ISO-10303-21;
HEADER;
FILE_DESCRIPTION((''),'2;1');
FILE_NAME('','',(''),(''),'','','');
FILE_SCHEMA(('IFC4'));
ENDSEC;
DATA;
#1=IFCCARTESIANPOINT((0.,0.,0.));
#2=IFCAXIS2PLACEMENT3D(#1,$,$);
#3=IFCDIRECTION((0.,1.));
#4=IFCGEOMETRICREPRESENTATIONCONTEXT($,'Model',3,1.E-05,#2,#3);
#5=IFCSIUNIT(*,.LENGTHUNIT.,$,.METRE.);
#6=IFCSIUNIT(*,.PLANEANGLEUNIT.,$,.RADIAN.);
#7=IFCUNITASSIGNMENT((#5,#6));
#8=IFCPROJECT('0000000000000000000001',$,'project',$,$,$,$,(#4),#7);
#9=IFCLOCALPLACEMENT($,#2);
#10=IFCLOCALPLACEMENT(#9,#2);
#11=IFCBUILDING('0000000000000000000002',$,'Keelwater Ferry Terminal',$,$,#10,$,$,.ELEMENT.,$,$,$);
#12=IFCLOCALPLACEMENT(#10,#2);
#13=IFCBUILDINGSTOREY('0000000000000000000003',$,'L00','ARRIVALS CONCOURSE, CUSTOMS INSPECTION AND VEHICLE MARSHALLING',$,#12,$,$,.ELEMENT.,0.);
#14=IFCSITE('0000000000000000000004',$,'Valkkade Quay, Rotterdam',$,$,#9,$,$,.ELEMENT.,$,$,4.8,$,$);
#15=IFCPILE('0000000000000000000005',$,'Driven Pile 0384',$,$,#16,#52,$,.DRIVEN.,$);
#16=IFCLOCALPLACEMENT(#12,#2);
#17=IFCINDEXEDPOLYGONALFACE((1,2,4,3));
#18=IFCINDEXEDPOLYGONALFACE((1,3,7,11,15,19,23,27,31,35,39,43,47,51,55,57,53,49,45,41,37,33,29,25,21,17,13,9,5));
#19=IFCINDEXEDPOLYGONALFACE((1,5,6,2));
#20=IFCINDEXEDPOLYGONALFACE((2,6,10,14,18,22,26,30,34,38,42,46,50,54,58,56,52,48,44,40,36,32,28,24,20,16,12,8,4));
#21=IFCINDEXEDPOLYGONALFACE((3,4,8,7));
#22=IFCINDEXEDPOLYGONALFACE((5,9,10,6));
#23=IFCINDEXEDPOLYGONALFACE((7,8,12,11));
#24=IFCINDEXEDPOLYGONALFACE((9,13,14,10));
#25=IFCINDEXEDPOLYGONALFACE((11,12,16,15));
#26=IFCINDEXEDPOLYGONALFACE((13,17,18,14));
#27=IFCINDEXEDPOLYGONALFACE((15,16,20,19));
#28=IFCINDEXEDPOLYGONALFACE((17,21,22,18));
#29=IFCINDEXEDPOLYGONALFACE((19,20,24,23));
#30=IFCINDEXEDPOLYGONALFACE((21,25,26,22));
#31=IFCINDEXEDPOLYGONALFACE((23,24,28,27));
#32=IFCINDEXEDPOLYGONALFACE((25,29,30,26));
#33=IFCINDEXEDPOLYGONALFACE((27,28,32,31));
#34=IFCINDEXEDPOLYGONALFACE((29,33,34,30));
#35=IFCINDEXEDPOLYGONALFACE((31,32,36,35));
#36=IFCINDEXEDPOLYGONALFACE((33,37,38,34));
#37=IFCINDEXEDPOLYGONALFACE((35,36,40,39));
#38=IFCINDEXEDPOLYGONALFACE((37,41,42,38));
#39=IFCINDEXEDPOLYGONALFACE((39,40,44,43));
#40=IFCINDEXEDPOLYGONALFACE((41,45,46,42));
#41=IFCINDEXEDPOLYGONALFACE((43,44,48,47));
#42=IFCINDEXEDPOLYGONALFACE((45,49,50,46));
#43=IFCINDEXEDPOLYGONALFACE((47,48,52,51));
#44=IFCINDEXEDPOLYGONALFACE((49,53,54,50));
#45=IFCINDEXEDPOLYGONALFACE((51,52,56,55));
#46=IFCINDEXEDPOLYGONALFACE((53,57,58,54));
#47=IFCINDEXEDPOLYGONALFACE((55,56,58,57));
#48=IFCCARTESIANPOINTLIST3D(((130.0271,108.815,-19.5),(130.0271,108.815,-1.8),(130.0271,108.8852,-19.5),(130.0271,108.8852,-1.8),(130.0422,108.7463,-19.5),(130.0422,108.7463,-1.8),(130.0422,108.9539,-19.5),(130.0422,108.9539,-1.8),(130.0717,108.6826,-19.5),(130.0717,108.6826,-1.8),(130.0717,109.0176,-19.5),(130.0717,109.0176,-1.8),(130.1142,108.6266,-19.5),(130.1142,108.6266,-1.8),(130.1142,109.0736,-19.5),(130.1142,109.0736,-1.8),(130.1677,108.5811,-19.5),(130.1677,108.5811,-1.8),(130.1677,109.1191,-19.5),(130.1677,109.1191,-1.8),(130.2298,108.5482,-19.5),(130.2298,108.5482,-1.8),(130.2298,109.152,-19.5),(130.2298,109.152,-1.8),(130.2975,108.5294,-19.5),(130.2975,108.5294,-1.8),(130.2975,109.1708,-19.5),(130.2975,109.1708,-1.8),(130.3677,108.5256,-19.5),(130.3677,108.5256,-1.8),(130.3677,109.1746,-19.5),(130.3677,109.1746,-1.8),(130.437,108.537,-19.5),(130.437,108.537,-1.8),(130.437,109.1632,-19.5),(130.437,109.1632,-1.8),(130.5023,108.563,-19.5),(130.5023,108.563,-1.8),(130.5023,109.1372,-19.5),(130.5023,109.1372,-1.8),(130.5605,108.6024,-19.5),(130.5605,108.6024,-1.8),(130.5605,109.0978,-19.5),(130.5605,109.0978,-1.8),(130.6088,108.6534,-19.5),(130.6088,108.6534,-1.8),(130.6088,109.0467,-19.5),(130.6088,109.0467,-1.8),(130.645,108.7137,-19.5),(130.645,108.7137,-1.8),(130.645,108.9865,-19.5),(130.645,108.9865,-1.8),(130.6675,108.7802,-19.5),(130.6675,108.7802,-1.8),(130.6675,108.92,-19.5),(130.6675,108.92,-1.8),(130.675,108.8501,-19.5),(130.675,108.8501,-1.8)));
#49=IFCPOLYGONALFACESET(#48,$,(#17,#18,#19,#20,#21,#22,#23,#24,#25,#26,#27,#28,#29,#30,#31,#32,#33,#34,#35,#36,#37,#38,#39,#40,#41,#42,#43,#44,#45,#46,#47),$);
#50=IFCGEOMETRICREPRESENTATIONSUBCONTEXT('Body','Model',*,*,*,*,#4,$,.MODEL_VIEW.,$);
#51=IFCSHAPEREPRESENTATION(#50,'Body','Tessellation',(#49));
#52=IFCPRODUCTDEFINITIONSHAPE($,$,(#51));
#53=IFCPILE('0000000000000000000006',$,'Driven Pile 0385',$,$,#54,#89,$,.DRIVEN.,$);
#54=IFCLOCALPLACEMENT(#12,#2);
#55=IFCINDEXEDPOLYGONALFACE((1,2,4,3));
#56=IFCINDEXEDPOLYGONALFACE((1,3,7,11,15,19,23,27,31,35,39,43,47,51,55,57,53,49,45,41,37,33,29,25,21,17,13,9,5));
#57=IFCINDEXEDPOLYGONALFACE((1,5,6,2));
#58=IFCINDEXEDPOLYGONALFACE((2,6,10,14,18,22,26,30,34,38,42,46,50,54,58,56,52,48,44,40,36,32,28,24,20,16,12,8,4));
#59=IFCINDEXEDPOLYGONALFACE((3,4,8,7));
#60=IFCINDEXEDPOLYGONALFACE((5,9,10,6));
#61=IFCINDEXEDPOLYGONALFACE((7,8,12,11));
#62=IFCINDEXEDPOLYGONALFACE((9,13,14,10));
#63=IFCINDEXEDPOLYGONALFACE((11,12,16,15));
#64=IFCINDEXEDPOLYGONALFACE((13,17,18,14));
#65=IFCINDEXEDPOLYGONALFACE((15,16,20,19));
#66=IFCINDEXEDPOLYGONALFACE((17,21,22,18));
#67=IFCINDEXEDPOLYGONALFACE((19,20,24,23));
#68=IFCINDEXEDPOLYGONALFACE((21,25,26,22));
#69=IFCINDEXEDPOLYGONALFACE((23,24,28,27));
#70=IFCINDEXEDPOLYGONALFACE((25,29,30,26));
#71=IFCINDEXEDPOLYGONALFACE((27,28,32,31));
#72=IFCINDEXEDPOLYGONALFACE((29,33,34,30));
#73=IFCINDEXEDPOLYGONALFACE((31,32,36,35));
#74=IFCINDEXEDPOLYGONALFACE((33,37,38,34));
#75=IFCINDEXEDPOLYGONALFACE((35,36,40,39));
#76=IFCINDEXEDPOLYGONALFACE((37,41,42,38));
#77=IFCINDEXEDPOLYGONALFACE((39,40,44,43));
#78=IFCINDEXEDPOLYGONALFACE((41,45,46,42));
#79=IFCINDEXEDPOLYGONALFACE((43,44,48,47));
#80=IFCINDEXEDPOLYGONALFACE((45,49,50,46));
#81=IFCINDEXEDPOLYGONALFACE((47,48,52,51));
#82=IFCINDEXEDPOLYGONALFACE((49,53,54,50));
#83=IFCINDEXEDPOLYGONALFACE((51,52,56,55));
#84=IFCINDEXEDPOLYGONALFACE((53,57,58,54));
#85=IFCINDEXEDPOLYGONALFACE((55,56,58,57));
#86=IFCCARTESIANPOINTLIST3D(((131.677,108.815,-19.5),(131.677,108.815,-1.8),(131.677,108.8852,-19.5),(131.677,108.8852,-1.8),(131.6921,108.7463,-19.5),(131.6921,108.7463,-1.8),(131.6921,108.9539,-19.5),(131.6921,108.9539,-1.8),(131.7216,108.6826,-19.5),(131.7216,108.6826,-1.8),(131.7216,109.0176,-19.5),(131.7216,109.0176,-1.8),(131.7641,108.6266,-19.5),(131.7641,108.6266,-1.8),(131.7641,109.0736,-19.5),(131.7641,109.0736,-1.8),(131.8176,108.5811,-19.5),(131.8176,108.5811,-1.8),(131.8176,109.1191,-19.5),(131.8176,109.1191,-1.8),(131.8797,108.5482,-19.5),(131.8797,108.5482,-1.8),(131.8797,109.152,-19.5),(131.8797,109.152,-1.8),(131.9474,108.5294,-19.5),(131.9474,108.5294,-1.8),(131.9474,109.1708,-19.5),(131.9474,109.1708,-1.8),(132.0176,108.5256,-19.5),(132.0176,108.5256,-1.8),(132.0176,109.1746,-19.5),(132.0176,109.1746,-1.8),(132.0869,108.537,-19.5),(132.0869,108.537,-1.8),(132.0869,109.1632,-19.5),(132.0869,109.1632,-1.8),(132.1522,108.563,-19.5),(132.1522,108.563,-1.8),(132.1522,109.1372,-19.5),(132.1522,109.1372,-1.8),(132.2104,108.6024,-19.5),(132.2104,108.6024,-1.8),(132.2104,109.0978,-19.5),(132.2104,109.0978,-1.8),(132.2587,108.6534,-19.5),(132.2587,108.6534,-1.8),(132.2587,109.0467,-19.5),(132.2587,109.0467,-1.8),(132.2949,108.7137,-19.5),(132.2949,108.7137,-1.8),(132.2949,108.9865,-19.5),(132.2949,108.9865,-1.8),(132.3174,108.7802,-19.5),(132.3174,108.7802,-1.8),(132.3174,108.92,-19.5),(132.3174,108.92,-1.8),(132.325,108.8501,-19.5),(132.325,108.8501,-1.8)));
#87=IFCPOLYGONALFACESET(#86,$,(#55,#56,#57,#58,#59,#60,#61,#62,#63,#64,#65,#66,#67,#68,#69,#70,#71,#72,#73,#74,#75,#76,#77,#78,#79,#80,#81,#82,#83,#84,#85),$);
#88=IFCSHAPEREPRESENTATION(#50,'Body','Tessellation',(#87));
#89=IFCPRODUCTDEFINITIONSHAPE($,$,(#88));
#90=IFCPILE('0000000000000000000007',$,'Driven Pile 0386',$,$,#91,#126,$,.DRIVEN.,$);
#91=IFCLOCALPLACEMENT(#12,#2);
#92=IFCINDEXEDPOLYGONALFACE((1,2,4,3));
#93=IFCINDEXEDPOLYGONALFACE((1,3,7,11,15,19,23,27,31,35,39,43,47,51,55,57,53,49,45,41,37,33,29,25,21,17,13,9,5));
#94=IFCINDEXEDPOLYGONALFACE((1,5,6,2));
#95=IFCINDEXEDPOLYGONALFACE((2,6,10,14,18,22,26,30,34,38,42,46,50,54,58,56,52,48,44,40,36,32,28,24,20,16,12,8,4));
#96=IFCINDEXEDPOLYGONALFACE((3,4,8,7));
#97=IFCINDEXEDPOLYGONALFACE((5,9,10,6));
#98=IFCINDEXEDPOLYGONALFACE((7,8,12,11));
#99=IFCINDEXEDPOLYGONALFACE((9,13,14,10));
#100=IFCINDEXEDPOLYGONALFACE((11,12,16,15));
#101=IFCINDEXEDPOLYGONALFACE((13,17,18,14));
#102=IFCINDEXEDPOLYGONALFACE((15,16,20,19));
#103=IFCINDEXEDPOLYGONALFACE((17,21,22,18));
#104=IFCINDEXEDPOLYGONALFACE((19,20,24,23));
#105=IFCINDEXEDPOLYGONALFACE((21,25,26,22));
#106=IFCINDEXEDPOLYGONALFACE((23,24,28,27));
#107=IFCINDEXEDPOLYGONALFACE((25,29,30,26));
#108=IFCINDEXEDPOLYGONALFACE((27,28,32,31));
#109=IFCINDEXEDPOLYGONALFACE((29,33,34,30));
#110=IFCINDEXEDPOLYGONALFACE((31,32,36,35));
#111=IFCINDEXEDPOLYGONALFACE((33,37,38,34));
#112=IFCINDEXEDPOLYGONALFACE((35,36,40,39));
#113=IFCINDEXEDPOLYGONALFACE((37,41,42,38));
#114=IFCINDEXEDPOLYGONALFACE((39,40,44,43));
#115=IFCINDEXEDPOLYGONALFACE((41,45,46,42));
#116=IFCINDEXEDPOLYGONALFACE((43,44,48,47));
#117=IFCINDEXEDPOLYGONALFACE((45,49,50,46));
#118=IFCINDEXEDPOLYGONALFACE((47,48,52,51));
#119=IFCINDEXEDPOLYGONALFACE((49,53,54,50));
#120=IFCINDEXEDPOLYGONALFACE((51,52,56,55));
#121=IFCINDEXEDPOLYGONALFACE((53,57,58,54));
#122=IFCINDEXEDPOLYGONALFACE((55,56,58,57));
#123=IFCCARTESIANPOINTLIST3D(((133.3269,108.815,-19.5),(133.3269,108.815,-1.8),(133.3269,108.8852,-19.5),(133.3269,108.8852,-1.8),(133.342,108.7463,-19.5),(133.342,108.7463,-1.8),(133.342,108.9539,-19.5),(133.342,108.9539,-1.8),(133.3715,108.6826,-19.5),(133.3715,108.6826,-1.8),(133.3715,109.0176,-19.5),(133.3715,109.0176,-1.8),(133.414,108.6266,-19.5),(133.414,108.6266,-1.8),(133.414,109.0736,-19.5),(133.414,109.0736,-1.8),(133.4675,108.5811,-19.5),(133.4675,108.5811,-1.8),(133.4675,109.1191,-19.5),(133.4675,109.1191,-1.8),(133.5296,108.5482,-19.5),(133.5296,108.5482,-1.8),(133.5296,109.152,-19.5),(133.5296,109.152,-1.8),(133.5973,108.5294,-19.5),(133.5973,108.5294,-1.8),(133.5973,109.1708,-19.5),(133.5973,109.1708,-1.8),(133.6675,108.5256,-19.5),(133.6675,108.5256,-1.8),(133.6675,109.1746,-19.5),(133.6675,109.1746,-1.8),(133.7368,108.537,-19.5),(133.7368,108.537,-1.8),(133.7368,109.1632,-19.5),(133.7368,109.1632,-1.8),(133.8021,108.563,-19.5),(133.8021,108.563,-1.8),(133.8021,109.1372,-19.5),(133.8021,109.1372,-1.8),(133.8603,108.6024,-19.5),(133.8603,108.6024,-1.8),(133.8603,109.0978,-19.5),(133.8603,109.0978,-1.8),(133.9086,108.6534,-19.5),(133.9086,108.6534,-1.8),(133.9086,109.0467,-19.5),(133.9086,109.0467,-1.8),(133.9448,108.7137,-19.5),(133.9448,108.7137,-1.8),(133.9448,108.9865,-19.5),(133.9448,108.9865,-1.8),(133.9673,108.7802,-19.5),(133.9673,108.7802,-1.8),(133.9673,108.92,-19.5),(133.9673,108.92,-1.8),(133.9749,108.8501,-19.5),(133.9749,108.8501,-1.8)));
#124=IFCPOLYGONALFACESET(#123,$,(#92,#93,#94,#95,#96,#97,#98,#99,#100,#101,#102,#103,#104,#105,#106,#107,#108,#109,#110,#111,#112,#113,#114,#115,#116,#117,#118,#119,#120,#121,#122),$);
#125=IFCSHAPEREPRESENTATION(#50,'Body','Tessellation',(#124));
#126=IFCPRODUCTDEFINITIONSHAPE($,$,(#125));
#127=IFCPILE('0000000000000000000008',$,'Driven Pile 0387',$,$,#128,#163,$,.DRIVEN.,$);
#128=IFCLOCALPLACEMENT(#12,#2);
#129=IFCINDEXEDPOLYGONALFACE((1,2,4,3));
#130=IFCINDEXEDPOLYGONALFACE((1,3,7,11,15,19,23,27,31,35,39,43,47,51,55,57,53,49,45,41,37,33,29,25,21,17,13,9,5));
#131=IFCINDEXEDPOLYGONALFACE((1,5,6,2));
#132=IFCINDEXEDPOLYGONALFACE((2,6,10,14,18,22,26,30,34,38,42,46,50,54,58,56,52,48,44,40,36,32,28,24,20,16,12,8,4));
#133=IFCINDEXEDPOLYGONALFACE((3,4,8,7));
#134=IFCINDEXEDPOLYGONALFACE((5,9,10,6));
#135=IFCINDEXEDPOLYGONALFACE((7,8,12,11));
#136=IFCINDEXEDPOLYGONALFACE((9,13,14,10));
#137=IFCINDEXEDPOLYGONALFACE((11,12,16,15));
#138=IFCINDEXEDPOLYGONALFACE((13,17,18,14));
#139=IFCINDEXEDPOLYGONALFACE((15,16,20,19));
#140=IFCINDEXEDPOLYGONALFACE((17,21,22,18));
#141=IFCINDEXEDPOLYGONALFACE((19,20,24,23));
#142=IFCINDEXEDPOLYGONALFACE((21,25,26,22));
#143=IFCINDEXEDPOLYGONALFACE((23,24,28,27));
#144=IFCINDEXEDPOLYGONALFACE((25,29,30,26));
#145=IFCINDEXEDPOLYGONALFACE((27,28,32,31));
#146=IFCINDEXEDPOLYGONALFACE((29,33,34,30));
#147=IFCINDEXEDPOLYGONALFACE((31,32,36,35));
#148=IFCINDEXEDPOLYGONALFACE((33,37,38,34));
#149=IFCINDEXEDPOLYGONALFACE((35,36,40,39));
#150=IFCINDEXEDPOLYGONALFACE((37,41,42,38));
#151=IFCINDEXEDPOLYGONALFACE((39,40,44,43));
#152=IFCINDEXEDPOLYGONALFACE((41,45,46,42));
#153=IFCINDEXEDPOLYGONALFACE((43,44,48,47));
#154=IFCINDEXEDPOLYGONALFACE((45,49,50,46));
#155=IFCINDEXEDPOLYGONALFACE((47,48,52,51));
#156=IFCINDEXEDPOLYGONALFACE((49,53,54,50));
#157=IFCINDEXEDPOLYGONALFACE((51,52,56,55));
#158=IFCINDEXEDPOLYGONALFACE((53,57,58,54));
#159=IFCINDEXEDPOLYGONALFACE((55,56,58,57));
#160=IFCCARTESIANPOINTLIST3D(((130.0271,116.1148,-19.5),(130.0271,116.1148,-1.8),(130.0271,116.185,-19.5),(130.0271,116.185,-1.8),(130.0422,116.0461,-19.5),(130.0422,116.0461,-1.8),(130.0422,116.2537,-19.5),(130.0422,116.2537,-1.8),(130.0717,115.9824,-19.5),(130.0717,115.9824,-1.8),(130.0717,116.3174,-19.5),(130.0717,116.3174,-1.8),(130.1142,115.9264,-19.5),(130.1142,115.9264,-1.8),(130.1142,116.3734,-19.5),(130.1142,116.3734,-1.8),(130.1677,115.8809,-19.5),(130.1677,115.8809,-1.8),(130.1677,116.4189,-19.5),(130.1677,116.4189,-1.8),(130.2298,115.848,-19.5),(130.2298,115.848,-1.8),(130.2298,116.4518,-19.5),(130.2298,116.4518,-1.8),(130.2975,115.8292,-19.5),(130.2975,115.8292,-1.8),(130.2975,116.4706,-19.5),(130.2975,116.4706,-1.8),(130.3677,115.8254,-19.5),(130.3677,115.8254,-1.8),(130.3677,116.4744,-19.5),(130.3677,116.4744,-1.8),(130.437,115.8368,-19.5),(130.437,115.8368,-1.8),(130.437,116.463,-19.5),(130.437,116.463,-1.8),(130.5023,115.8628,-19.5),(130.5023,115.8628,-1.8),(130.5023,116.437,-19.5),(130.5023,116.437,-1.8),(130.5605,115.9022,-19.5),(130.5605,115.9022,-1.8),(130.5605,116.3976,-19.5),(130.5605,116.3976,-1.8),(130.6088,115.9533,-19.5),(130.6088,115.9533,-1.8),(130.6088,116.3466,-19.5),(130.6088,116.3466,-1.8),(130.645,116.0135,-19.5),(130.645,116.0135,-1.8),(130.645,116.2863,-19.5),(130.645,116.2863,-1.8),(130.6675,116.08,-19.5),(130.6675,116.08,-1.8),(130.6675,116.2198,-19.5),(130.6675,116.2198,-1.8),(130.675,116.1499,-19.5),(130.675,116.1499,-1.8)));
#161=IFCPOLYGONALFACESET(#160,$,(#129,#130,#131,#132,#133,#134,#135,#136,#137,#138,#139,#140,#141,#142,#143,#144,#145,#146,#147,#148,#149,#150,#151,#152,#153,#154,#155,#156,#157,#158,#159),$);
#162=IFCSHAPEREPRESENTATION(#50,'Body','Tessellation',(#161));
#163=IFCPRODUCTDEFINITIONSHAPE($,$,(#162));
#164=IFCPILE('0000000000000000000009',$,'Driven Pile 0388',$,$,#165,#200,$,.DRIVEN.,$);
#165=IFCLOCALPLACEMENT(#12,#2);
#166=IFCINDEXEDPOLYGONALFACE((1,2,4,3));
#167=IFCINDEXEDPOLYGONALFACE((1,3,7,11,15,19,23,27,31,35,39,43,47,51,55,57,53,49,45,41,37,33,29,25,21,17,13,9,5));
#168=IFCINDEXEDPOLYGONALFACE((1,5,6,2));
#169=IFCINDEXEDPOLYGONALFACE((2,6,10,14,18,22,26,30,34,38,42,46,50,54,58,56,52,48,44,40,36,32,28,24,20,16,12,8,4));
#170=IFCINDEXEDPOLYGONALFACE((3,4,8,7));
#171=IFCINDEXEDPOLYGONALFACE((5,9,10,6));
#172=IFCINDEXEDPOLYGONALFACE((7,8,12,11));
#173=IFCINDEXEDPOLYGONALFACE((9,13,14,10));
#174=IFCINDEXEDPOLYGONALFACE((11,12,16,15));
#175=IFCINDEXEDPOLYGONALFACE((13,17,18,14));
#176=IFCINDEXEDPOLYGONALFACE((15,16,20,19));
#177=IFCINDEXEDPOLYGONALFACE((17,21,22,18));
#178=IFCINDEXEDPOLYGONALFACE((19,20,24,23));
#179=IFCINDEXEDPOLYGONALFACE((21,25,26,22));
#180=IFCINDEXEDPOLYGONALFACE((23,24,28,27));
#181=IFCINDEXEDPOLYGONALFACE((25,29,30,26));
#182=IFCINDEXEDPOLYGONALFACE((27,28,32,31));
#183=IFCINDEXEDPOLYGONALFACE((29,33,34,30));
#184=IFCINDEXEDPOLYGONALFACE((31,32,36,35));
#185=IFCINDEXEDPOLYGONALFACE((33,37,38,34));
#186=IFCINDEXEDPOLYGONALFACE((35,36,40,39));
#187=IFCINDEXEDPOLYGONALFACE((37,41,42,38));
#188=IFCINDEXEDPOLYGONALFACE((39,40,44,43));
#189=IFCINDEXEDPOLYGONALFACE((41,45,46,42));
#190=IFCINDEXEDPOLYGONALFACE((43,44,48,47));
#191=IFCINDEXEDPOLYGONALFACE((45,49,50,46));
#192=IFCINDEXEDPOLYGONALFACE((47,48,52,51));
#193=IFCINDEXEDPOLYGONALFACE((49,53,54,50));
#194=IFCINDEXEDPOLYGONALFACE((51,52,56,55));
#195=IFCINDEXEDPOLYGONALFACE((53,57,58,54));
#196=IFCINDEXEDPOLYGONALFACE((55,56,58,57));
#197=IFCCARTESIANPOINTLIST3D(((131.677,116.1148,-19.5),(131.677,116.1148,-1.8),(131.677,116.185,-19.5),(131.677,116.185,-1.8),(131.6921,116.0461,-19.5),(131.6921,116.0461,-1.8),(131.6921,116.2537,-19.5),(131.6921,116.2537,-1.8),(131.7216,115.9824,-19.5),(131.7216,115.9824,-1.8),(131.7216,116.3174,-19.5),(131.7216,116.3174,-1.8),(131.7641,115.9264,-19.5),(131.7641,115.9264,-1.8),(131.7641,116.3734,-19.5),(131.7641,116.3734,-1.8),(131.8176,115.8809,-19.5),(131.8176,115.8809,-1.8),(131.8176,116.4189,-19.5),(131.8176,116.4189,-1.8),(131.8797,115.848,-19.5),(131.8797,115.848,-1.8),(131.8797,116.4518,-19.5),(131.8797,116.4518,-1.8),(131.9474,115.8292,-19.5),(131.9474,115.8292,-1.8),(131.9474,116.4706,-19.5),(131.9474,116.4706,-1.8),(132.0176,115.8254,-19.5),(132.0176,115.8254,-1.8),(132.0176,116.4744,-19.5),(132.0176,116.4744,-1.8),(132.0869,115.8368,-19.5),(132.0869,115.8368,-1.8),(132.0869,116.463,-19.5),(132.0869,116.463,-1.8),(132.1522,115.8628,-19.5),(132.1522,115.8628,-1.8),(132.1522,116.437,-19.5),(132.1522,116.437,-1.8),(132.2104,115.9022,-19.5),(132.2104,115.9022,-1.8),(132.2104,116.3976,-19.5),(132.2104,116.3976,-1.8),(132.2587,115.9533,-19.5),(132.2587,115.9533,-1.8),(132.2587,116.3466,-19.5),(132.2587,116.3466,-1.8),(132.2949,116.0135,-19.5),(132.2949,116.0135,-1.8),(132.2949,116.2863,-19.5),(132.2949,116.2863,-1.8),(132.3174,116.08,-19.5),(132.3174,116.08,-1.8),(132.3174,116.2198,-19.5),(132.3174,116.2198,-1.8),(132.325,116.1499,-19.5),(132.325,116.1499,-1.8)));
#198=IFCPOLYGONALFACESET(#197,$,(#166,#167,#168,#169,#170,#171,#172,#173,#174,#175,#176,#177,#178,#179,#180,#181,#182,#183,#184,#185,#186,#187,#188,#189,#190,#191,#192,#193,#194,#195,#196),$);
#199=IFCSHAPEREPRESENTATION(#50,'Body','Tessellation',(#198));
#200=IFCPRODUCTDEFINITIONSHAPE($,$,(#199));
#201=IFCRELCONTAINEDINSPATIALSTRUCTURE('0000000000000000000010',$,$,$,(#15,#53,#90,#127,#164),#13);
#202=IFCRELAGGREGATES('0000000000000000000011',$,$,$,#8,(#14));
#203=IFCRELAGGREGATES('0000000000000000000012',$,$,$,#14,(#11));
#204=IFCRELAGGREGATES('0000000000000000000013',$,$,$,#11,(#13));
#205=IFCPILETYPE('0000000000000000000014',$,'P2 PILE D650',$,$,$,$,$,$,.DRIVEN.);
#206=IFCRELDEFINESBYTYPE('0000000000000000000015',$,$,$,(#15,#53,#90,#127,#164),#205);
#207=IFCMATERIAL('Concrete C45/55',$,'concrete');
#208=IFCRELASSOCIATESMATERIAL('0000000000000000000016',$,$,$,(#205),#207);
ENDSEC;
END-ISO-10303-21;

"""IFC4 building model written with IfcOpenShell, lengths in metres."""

from ifc_helpers import new_model, si_unit, direction, frame, origin, origin_2d, place, context, subcontext, project, spatial, circle, extrude, material, material_profile, profile_set, type_object, element, save


model = new_model("IFC4")

# Units and contexts
model_context = context("Model", 3, precision=1e-05, world=origin(), true_north=direction((0.0, 1.0)))
body_context = subcontext(model_context, "Body", "Model", "MODEL_VIEW")
ifc_project = project(units=[si_unit("LENGTHUNIT", "METRE"), si_unit("PLANEANGLEUNIT", "RADIAN")], contexts=[model_context])

# Site, building, storey
site_placement = place(None, origin())
site = spatial("IfcSite", under=ifc_project, at=site_placement, Name="Valkkade Quay, Rotterdam", CompositionType="ELEMENT", RefElevation=4.8)
building_placement = place(site_placement, origin())
building = spatial("IfcBuilding", under=site, at=building_placement, Name="Keelwater Ferry Terminal", CompositionType="ELEMENT")
storey_placement = place(building_placement, origin())
storey = spatial("IfcBuildingStorey", under=building, at=storey_placement, Name="L00", Description="ARRIVALS CONCOURSE, CUSTOMS INSPECTION AND VEHICLE MARSHALLING", CompositionType="ELEMENT", Elevation=0.0)

# Piles
ifc_material_1 = material(Name="Concrete C45/55", Category="concrete")
ifc_material_profile_1 = material_profile(ifc_material_1, circle(Radius=0.325, at=origin_2d()), Name="PILE D650")
ifc_profile_set_1 = profile_set([ifc_material_profile_1], Name="Concrete C45/55")
pile_type = type_object("IfcPileType", Name="P2 PILE D650", PredefinedType="DRIVEN", material=ifc_profile_set_1)
for number, where, z_axis, x_axis, name in (
    (1, (130.3501, 108.8501, -1.8), (0.0, 0.0, -1.0), (1.0, 0.0, 0.0), "Driven Pile 0384"),
    (2, (132.0, 108.8501, -1.8), (0.0, 0.0, -1.0), (1.0, 0.0, 0.0), "Driven Pile 0385"),
    (3, (133.6499, 108.8501, -1.8), (0.0, 0.0, -1.0), (1.0, 0.0, 0.0), "Driven Pile 0386"),
    (4, (130.3501, 116.1499, -1.8), (0.0, 0.0, -1.0), (1.0, 0.0, 0.0), "Driven Pile 0387"),
    (5, (132.0, 116.1499, -1.8), (0.0, 0.0, -1.0), (1.0, 0.0, 0.0), "Driven Pile 0388"),
):
    element("IfcPile", number, at=place(storey_placement, frame(where, z_axis=z_axis, x_axis=x_axis)), inside=storey, type_object=pile_type, Name=name, PredefinedType="DRIVEN", context=body_context, shape_type="SweptSolid", body=[
        extrude(circle(Radius=0.325, at=origin_2d()), origin(), (0.0, 0.0, 1.0), 17.7),
    ])

save(model, "model.ifc")
